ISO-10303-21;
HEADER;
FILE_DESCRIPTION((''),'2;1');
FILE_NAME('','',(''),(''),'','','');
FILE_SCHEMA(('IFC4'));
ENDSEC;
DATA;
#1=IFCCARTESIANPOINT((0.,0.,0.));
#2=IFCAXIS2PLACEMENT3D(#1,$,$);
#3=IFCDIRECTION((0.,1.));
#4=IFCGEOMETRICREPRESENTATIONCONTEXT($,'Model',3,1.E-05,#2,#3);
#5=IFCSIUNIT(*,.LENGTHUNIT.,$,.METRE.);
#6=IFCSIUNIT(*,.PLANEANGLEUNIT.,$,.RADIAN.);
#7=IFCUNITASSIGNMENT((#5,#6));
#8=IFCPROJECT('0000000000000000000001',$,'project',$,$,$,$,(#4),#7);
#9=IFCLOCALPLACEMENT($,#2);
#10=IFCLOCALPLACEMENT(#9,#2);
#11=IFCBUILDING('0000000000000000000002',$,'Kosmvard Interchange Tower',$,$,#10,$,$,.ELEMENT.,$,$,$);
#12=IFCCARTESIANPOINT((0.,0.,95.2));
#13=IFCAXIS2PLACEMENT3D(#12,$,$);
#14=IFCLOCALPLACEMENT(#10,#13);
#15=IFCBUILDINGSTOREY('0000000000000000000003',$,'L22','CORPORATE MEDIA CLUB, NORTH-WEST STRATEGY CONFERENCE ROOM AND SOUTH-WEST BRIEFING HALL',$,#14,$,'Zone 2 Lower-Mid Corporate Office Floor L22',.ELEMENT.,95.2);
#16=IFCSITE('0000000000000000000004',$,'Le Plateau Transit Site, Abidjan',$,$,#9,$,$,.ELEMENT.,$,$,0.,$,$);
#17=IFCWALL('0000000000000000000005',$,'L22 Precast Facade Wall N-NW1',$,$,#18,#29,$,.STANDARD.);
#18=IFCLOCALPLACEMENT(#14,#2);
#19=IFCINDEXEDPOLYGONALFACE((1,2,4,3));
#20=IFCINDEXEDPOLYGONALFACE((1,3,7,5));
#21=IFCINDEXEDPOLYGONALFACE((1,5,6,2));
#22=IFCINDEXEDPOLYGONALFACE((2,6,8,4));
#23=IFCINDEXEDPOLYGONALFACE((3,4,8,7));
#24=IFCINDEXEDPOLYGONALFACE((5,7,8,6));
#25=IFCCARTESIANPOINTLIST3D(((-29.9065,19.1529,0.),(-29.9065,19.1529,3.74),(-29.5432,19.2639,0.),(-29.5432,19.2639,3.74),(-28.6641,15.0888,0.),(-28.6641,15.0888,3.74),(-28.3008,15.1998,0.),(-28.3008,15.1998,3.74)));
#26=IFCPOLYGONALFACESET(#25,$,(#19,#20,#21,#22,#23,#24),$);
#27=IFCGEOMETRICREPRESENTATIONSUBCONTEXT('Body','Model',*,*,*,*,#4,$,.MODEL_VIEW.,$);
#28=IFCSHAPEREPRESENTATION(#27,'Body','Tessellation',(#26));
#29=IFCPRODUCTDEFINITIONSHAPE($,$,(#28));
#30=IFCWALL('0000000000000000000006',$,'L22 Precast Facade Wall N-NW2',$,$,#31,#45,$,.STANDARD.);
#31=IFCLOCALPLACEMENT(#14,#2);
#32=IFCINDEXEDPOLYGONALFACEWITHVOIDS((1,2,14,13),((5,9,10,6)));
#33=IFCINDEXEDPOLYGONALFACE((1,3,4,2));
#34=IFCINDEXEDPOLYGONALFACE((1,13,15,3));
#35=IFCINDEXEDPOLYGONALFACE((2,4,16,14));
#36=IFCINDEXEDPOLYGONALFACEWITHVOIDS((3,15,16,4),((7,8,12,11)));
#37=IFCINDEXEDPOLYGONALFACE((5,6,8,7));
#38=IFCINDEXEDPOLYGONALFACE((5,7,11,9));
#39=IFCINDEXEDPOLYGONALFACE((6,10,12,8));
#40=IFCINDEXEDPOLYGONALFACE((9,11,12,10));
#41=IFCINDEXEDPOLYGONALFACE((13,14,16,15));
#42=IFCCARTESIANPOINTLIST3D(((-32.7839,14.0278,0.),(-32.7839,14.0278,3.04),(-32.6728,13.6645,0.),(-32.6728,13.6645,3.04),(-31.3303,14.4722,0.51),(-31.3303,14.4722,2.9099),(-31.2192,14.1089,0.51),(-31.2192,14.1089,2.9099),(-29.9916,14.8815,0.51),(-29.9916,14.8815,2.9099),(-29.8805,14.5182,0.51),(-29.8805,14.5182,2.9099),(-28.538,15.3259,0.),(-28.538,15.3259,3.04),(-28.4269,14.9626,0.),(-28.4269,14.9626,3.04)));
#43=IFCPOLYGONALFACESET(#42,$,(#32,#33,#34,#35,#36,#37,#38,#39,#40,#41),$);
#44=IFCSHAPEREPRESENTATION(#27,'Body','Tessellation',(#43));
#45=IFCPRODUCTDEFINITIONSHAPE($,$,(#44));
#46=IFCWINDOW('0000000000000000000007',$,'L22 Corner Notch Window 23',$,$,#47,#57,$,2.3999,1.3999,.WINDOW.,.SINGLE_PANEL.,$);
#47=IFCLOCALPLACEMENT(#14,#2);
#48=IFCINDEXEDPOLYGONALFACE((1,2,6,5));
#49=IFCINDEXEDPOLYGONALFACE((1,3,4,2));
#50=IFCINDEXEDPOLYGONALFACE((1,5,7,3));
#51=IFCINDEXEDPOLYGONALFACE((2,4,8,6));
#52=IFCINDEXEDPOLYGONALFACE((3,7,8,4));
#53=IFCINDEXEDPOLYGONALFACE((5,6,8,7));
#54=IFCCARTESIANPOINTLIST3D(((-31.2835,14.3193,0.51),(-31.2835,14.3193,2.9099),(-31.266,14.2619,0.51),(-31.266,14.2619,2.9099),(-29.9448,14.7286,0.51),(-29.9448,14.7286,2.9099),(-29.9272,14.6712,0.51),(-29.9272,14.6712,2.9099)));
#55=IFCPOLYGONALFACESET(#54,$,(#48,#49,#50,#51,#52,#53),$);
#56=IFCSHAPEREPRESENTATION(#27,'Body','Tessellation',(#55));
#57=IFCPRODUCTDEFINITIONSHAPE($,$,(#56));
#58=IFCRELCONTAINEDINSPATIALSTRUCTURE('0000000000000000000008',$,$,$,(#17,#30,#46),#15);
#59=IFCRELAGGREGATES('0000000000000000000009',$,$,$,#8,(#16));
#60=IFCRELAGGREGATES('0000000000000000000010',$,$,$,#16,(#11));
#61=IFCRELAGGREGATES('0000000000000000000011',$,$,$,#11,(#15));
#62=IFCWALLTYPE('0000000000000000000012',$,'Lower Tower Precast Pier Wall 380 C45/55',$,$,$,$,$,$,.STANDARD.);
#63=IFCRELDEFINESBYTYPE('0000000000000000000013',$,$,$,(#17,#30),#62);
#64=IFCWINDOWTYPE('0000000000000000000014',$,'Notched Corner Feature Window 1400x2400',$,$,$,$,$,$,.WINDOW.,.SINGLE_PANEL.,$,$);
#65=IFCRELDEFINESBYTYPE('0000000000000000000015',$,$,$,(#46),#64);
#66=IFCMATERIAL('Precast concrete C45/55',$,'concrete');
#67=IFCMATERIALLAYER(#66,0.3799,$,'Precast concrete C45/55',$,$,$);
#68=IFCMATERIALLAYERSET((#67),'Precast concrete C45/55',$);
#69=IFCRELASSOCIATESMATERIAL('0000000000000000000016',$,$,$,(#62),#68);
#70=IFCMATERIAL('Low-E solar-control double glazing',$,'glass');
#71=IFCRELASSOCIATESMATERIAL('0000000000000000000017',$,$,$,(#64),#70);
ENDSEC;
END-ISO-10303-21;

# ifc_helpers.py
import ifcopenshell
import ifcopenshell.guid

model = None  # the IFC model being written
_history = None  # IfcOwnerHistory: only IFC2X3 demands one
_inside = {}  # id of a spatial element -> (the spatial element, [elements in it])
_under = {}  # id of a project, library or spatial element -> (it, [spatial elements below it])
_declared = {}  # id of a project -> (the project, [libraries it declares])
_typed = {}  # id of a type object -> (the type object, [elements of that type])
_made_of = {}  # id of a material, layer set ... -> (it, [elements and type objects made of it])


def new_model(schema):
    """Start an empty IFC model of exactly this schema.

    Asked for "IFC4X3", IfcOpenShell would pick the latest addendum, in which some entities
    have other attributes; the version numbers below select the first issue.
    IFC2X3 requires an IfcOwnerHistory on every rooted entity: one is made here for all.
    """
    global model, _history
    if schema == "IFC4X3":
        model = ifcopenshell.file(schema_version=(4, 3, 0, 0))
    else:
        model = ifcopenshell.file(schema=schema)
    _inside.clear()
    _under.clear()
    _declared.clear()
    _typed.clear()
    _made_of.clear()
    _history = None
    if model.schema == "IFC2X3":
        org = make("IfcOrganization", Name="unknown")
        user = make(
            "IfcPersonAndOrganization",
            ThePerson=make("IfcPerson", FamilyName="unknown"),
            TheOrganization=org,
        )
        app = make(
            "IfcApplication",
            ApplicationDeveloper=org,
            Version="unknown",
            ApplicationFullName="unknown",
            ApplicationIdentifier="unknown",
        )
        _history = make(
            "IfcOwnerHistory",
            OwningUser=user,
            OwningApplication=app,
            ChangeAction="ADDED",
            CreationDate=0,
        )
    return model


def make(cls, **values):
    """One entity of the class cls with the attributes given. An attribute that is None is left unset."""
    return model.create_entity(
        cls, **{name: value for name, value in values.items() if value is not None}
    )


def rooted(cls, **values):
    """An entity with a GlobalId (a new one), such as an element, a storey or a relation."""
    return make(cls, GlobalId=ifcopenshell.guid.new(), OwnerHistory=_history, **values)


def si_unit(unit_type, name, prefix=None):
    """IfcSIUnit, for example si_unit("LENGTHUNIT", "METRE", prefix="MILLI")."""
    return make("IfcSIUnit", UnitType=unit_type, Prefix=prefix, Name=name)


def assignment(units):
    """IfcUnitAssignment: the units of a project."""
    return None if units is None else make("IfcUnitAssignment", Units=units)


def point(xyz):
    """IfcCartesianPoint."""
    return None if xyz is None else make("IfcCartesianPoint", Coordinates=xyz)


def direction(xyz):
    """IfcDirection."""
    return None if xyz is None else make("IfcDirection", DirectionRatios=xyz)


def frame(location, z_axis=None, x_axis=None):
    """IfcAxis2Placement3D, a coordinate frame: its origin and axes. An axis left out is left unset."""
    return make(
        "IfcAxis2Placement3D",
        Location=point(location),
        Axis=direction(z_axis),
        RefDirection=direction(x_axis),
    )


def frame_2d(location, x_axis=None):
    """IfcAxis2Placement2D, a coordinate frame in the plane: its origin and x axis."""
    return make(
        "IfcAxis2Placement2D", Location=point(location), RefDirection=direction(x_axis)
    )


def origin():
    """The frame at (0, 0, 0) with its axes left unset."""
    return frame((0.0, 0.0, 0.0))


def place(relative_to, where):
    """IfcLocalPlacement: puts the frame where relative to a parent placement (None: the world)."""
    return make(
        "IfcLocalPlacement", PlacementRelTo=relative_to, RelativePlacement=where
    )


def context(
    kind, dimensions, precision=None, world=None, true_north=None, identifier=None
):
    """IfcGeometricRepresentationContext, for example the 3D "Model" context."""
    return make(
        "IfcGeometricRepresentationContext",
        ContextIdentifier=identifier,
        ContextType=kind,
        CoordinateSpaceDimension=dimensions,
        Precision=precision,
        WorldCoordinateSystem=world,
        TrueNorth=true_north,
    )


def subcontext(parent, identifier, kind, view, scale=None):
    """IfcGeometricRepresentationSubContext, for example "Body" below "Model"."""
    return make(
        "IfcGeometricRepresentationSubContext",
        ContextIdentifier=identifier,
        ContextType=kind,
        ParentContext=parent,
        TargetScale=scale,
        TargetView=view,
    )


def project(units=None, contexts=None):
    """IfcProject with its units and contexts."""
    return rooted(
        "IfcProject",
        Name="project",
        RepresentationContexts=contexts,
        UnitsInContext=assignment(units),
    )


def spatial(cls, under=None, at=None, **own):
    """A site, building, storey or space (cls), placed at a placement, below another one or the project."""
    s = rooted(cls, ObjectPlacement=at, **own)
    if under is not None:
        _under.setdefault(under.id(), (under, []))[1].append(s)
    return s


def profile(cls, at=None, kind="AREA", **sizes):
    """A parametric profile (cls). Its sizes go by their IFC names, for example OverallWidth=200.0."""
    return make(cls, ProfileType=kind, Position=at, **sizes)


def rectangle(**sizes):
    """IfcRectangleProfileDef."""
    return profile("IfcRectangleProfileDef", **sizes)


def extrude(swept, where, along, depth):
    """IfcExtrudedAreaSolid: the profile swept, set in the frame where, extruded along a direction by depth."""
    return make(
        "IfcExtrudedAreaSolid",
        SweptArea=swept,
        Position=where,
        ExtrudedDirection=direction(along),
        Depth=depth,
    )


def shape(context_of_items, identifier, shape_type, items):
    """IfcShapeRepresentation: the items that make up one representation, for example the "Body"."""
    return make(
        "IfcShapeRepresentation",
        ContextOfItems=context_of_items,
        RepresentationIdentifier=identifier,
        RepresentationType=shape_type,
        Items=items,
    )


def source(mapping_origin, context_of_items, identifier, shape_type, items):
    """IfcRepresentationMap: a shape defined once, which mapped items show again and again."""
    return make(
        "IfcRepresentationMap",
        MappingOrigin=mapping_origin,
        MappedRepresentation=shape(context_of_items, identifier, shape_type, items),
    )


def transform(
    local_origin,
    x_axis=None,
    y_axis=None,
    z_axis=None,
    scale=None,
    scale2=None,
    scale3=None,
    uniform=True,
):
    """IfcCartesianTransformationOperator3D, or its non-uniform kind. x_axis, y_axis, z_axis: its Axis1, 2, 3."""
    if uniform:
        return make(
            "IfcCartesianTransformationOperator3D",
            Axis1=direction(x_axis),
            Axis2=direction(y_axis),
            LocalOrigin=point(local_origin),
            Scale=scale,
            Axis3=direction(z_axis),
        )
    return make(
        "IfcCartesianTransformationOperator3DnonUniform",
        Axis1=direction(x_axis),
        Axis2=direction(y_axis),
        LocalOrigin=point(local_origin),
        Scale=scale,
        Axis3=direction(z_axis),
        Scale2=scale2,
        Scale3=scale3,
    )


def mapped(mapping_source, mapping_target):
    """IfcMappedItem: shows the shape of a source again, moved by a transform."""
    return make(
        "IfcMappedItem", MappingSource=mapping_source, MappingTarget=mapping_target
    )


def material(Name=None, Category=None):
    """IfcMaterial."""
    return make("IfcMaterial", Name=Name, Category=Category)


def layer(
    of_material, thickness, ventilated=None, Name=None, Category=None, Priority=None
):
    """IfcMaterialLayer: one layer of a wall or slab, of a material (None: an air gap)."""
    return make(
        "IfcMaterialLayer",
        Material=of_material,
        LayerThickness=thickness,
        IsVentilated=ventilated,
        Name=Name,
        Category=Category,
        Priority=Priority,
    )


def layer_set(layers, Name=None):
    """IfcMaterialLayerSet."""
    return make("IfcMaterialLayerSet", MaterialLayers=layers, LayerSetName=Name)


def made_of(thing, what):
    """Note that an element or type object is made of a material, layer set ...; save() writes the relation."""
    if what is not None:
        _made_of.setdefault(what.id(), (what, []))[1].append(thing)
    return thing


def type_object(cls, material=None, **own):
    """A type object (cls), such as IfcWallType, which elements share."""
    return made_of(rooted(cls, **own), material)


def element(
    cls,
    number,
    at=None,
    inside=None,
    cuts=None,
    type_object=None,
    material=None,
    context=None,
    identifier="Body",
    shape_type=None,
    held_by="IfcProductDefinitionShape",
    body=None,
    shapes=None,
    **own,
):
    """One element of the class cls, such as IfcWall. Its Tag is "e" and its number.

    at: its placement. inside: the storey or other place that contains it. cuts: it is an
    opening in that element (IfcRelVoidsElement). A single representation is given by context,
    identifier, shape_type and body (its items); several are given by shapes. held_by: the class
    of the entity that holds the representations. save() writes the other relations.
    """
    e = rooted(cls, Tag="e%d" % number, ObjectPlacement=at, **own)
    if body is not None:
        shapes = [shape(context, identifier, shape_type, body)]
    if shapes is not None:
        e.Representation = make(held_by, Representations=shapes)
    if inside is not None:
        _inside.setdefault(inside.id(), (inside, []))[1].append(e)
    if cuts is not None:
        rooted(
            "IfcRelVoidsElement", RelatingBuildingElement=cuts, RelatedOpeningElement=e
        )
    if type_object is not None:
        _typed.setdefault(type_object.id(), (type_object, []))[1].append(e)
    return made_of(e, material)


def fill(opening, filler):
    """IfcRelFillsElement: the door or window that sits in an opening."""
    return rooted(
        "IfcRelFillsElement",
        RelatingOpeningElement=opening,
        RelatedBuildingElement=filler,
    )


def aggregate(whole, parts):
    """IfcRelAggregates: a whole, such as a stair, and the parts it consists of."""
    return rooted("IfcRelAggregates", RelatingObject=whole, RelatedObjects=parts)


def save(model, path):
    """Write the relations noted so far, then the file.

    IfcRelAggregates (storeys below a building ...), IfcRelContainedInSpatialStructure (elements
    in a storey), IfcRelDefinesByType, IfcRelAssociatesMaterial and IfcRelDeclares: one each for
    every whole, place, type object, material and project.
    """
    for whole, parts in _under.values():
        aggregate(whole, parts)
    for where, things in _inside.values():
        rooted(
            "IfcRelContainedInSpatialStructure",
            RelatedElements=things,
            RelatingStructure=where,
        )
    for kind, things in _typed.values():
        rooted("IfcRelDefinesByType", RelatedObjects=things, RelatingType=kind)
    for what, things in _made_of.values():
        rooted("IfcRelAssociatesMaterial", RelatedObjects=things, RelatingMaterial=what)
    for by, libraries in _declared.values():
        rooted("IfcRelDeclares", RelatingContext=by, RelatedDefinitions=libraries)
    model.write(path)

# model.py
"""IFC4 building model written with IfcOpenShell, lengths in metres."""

from ifc_helpers import new_model, si_unit, direction, frame, frame_2d, origin, place, context, subcontext, project, spatial, rectangle, extrude, source, transform, mapped, material, layer, layer_set, type_object, element, fill, save


model = new_model("IFC4")

# Units and contexts
model_context = context("Model", 3, precision=1e-05, world=origin(), true_north=direction((0.0, 1.0)))
body_context = subcontext(model_context, "Body", "Model", "MODEL_VIEW")
ifc_project = project(units=[si_unit("LENGTHUNIT", "METRE"), si_unit("PLANEANGLEUNIT", "RADIAN")], contexts=[model_context])

# Site, building, storey
site_placement = place(None, origin())
site = spatial("IfcSite", under=ifc_project, at=site_placement, Name="Le Plateau Transit Site, Abidjan", CompositionType="ELEMENT", RefElevation=0.0)
building_placement = place(site_placement, origin())
building = spatial("IfcBuilding", under=site, at=building_placement, Name="Kosmvard Interchange Tower", CompositionType="ELEMENT")
storey_placement = place(building_placement, frame((0.0, 0.0, 95.2)))
storey = spatial("IfcBuildingStorey", under=building, at=storey_placement, Name="L22", Description="CORPORATE MEDIA CLUB, NORTH-WEST STRATEGY CONFERENCE ROOM AND SOUTH-WEST BRIEFING HALL", LongName="Zone 2 Lower-Mid Corporate Office Floor L22", CompositionType="ELEMENT", Elevation=95.2)

# Shared definitions
ifc_material_1 = material(Name="Precast concrete C45/55", Category="concrete")

# Wall
ifc_layer_1 = layer(ifc_material_1, 0.3799, Name="Precast concrete C45/55")
ifc_layer_set_1 = layer_set([ifc_layer_1], Name="Precast concrete C45/55")
wall_type = type_object("IfcWallType", Name="Lower Tower Precast Pier Wall 380 C45/55", PredefinedType="STANDARD", material=ifc_layer_set_1)
wall_1_placement = place(storey_placement, frame((-29.7249, 19.2085, 0.0), z_axis=(0.0, 0.0, 1.0), x_axis=(0.292346, -0.956313, 0.0)))
element("IfcWall", 1, at=wall_1_placement, inside=storey, type_object=wall_type, Name="L22 Precast Facade Wall N-NW1", PredefinedType="STANDARD", context=body_context, shape_type="SweptSolid", body=[
    extrude(rectangle(XDim=4.2498, YDim=0.3799, at=frame_2d((2.125, 0.0))), origin(), (0.0, 0.0, 1.0), 3.74),
])

# Wall, opening, window
wall_2_placement = place(storey_placement, frame((-28.4824, 15.1443, 0.0), z_axis=(0.0, 0.0, 1.0), x_axis=(-0.956304, -0.292374, 0.0)))
wall_2 = element("IfcWall", 2, at=wall_2_placement, inside=storey, type_object=wall_type, Name="L22 Precast Facade Wall N-NW2", PredefinedType="STANDARD", context=body_context, shape_type="SweptSolid", body=[
    extrude(rectangle(XDim=4.4399, YDim=0.3799, at=frame_2d((2.22, 0.0))), origin(), (0.0, 0.0, 1.0), 3.04),
])
opening_1_placement = place(wall_2_placement, frame((1.52, 0.0, 0.51)))
opening_1 = element("IfcOpeningElement", 3, at=opening_1_placement, cuts=wall_2, PredefinedType="OPENING", context=body_context, shape_type="SweptSolid", body=[
    extrude(rectangle(XDim=1.3999, YDim=2.3999, at=frame_2d((0.7, 1.2))), frame((0.0, 0.2, 0.0), z_axis=(0.0, -1.0, 0.0), x_axis=(1.0, 0.0, 0.0)), (0.0, 0.0, 1.0), 0.3999),
])
ifc_material_2 = material(Name="Low-E solar-control double glazing", Category="glass")
window_type_1 = type_object("IfcWindowType", Name="Notched Corner Feature Window 1400x2400", PartitioningType="SINGLE_PANEL", PredefinedType="WINDOW", material=ifc_material_2)
shared_shape_1 = source(origin(), body_context, "Body", "SweptSolid", [
    extrude(rectangle(XDim=1.3999, YDim=2.3999, at=frame_2d((0.7, 1.2))), frame((0.0, 0.03, 0.0), z_axis=(0.0, -1.0, 0.0), x_axis=(1.0, 0.0, 0.0)), (0.0, 0.0, 1.0), 0.0601),
])
window_1_placement = place(opening_1_placement, origin())
window_1 = element("IfcWindow", 4, at=window_1_placement, inside=storey, type_object=window_type_1, Name="L22 Corner Notch Window 23", OverallHeight=2.3999, OverallWidth=1.3999, PartitioningType="SINGLE_PANEL", PredefinedType="WINDOW", context=body_context, shape_type="MappedRepresentation", body=[
    mapped(shared_shape_1, transform((0.0, 0.0, 0.0), scale=1.0)),
])
fill(opening_1, window_1)

save(model, "model.ifc")
